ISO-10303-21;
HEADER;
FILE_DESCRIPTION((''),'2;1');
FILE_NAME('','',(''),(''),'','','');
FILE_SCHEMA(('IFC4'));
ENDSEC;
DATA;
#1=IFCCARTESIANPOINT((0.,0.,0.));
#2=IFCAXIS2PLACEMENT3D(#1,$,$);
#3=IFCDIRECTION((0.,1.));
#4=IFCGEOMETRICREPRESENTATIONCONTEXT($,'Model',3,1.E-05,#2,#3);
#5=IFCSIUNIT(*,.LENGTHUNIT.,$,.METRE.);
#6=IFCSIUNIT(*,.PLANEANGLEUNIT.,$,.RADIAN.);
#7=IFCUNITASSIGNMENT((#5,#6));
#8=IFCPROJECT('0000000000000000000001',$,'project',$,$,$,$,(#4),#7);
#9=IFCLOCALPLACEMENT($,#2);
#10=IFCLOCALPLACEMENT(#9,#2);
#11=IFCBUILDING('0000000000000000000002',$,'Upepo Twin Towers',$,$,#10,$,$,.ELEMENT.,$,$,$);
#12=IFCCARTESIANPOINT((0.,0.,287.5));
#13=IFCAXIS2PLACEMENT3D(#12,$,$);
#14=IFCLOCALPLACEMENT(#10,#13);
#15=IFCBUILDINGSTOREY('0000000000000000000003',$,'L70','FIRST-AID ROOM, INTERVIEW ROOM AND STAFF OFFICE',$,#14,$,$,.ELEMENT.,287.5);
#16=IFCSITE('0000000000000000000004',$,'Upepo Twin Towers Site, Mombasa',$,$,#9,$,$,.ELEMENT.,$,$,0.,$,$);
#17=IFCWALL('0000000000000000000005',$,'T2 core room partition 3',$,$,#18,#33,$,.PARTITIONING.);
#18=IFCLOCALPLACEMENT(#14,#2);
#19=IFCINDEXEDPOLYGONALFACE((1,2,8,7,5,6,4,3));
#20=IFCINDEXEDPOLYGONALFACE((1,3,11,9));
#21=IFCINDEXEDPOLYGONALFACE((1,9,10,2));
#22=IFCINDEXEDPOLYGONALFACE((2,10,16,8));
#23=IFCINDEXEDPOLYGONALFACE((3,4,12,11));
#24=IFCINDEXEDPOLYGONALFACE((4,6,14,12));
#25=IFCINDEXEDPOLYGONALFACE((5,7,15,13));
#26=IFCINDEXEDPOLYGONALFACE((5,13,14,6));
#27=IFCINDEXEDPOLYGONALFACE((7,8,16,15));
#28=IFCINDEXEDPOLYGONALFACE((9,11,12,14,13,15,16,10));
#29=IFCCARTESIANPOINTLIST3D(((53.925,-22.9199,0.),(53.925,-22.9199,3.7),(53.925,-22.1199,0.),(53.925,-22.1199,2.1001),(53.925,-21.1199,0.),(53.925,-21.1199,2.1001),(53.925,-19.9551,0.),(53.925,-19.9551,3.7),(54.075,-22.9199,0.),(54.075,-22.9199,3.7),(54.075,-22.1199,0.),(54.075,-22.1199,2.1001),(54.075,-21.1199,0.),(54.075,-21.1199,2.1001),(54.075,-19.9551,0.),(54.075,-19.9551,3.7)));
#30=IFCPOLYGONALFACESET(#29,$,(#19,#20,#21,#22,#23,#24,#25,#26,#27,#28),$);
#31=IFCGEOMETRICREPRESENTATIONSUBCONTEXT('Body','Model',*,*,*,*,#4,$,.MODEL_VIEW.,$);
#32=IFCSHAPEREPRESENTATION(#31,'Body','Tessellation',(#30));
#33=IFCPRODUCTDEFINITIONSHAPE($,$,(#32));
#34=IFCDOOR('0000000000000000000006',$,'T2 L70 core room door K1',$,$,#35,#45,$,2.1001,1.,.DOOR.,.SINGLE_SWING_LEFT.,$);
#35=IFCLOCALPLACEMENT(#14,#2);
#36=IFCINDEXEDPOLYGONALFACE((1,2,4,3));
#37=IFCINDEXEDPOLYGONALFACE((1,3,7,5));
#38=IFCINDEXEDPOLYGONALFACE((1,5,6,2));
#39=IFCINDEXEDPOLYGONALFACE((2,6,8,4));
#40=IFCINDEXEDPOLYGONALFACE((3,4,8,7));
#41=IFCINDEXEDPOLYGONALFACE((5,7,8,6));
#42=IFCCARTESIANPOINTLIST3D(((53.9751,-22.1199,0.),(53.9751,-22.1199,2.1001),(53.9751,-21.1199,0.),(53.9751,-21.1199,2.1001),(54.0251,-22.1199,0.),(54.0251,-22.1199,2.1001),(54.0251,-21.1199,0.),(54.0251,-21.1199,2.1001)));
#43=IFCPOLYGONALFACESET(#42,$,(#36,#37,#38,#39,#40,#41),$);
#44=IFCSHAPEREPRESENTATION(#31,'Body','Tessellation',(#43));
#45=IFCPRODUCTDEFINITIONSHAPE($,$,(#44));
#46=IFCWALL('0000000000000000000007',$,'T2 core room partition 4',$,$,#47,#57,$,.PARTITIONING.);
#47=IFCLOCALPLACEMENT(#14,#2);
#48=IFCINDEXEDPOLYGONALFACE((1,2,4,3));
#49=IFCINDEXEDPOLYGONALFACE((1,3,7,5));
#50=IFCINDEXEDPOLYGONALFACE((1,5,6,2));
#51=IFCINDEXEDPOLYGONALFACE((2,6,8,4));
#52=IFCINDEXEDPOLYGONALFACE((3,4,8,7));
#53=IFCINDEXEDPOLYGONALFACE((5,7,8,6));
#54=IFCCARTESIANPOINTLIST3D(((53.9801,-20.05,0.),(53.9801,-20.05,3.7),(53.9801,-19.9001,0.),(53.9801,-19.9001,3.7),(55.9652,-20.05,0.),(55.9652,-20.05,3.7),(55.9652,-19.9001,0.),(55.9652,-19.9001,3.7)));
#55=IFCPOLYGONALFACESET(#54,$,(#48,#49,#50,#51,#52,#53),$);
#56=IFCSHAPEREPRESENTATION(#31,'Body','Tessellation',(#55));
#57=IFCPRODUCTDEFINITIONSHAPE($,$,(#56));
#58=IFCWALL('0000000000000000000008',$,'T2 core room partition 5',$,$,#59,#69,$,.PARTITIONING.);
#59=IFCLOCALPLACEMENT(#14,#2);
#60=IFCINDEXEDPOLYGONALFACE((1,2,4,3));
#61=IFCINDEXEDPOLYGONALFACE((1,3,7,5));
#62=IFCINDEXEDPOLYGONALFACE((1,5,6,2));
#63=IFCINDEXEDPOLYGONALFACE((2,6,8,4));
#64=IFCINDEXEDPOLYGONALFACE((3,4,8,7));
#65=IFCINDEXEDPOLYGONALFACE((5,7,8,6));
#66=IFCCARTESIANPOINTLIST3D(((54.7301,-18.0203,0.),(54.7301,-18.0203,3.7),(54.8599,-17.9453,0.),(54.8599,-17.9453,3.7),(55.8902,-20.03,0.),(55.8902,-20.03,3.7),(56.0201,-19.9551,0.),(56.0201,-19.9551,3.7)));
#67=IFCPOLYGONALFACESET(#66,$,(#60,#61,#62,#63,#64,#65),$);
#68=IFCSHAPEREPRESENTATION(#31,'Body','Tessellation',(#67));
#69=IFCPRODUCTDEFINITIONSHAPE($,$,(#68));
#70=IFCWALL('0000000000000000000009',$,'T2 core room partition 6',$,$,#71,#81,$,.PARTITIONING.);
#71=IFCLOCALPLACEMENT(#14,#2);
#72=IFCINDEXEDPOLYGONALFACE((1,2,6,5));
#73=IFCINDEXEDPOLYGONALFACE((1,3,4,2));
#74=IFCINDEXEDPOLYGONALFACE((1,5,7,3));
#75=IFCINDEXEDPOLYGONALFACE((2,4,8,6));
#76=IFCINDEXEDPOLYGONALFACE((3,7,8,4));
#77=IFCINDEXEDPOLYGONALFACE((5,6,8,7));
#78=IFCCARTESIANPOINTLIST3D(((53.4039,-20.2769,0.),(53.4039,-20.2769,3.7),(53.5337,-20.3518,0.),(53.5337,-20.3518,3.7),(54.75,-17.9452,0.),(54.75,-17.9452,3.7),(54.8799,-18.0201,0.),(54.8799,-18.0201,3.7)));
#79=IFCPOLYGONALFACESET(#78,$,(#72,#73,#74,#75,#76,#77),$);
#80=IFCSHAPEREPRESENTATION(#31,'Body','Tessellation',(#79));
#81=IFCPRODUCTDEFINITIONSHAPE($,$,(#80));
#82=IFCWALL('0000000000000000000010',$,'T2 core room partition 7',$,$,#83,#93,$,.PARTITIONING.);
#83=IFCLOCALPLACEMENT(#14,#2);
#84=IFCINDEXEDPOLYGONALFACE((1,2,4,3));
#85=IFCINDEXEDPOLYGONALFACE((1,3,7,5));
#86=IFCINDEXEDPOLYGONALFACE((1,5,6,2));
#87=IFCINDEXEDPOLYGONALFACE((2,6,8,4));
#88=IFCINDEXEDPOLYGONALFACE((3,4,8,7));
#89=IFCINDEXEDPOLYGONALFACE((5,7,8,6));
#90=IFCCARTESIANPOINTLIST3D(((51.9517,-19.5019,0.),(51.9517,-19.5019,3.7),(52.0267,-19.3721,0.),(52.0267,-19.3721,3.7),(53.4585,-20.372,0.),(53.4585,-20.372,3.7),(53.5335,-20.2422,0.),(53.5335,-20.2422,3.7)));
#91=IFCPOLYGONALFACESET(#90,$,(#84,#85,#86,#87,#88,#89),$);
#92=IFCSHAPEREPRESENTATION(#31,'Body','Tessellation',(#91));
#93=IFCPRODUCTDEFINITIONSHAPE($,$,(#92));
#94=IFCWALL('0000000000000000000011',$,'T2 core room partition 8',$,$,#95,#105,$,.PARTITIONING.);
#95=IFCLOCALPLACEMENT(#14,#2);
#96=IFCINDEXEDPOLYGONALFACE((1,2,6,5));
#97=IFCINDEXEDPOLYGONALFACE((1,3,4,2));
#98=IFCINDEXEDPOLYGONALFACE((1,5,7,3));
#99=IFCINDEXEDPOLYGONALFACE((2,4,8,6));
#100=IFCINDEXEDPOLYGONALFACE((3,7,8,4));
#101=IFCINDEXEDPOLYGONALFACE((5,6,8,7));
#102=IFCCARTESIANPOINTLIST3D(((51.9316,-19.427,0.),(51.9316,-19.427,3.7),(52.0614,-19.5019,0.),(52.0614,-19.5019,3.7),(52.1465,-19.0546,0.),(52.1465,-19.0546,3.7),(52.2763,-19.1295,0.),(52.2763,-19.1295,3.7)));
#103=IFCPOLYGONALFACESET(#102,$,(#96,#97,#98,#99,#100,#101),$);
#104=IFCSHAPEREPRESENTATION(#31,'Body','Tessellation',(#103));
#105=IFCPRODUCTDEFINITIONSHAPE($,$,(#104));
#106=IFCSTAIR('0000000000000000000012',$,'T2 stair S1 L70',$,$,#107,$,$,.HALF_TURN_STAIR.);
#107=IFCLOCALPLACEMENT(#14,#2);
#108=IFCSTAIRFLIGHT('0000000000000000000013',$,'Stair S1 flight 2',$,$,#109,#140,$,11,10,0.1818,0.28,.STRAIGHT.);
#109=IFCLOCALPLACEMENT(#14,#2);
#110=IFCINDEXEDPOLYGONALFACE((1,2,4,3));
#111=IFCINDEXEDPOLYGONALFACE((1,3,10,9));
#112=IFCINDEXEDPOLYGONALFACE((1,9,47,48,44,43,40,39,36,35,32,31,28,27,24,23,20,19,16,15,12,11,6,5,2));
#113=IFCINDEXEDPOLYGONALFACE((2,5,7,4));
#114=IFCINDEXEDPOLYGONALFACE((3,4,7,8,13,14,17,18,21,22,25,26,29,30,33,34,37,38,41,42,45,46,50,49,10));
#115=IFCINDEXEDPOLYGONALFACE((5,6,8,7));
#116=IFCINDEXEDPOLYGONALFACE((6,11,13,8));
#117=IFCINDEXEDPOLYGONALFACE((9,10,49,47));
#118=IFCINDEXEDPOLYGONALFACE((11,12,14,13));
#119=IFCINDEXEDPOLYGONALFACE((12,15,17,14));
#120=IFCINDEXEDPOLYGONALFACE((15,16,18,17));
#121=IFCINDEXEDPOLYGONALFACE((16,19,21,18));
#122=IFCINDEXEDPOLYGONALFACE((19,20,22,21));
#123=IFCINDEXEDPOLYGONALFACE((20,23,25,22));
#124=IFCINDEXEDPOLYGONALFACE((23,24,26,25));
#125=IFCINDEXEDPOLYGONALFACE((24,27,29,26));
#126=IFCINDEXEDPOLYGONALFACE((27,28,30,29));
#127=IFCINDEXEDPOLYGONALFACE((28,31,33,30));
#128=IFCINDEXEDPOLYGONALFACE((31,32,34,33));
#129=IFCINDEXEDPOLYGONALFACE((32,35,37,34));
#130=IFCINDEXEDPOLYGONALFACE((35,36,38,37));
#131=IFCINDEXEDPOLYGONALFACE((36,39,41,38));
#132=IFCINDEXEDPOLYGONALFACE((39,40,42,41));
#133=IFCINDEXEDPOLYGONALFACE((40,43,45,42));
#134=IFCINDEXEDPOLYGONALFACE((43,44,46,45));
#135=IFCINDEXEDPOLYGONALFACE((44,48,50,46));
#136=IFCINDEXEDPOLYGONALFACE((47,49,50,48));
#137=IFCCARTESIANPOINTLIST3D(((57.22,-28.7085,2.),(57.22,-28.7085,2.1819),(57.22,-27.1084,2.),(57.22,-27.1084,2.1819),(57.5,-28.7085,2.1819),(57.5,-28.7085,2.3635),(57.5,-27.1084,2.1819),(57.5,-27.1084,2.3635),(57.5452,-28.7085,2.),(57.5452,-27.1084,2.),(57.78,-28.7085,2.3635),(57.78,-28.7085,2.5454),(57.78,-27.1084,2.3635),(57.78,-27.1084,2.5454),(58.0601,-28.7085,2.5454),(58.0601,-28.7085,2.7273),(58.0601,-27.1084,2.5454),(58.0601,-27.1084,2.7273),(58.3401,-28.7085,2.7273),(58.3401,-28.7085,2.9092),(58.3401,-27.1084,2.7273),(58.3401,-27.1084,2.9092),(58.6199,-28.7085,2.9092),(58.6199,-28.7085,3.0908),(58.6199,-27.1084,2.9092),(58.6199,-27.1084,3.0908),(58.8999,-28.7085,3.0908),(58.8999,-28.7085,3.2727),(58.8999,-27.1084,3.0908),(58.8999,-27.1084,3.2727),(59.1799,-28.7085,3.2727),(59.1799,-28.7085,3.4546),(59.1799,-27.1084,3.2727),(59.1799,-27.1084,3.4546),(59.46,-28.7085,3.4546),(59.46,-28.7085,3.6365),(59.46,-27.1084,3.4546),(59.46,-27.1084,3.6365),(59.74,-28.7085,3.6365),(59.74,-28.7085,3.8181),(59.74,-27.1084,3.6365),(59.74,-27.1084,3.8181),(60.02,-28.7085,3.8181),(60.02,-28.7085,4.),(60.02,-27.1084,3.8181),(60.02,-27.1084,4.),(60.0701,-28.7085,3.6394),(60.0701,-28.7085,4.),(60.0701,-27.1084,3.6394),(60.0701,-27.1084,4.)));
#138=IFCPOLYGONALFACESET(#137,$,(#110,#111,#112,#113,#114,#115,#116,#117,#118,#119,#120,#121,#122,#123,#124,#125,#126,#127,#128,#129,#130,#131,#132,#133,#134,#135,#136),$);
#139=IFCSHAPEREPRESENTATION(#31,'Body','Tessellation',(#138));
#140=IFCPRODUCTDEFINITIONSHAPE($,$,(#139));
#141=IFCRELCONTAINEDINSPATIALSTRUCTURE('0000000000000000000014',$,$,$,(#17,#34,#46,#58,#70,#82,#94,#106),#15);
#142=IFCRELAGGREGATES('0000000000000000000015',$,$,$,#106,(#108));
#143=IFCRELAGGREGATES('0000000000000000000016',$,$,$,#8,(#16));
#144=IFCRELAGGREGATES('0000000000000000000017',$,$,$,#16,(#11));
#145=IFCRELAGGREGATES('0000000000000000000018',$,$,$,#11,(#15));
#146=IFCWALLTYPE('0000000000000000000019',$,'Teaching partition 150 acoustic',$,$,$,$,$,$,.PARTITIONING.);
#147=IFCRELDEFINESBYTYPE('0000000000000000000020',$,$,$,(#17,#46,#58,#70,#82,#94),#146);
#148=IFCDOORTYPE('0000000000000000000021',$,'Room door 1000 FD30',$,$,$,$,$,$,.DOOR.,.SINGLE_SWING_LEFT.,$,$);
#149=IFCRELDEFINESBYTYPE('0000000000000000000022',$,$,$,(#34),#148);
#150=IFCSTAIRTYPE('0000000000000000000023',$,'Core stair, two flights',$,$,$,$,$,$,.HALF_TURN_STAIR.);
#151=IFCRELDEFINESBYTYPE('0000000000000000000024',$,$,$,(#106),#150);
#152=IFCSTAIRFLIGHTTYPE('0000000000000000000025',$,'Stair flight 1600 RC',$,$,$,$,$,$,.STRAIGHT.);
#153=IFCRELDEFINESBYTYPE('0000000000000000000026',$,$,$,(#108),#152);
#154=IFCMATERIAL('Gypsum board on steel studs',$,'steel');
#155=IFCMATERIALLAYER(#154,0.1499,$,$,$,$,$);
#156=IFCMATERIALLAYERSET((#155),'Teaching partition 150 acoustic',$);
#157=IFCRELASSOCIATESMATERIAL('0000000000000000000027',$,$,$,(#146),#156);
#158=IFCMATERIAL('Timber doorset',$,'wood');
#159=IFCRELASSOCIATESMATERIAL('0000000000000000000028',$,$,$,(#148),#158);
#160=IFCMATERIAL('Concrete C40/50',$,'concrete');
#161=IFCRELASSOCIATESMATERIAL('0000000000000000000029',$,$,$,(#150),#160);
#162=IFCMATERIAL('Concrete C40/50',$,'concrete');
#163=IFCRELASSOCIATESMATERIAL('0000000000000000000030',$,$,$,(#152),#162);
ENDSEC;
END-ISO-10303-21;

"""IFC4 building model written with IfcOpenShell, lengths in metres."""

from ifc_helpers import new_model, si_unit, direction, frame, frame_2d, origin, place, context, subcontext, project, spatial, polyline, rectangle, outline, extrude, material, layer, layer_set, type_object, element, fill, aggregate, save


model = new_model("IFC4")

# Units and contexts
model_context = context("Model", 3, precision=1e-05, world=origin(), true_north=direction((0.0, 1.0)))
body_context = subcontext(model_context, "Body", "Model", "MODEL_VIEW")
ifc_project = project(units=[si_unit("LENGTHUNIT", "METRE"), si_unit("PLANEANGLEUNIT", "RADIAN")], contexts=[model_context])

# Site, building, storey
site_placement = place(None, origin())
site = spatial("IfcSite", under=ifc_project, at=site_placement, Name="Upepo Twin Towers Site, Mombasa", CompositionType="ELEMENT", RefElevation=0.0)
building_placement = place(site_placement, origin())
building = spatial("IfcBuilding", under=site, at=building_placement, Name="Upepo Twin Towers", CompositionType="ELEMENT")
storey_placement = place(building_placement, frame((0.0, 0.0, 287.5)))
storey = spatial("IfcBuildingStorey", under=building, at=storey_placement, Name="L70", Description="FIRST-AID ROOM, INTERVIEW ROOM AND STAFF OFFICE", CompositionType="ELEMENT", Elevation=287.5)

# Shared definitions
ifc_material_1 = material(Name="Gypsum board on steel studs", Category="steel")
ifc_layer_1 = layer(ifc_material_1, 0.1499)
ifc_layer_set_1 = layer_set([ifc_layer_1], Name="Teaching partition 150 acoustic")
wall_type_1 = type_object("IfcWallType", Name="Teaching partition 150 acoustic", PredefinedType="PARTITIONING", material=ifc_layer_set_1)

# Wall, opening, door
wall_1_placement = place(storey_placement, frame((54.0, -22.9199, 0.0), z_axis=(0.0, 0.0, 1.0), x_axis=(0.0, 1.0, 0.0)))
wall_1 = element("IfcWall", 1, at=wall_1_placement, inside=storey, type_object=wall_type_1, Name="T2 core room partition 3", PredefinedType="PARTITIONING", context=body_context, shape_type="SweptSolid", body=[
    extrude(rectangle(XDim=2.9648, YDim=0.1499, at=frame_2d((1.4824, 0.0))), origin(), (0.0, 0.0, 1.0), 3.7),
])
opening_1_placement = place(wall_1_placement, frame((0.8, 0.0, 0.0)))
opening_1 = element("IfcOpeningElement", 2, at=opening_1_placement, cuts=wall_1, PredefinedType="OPENING", context=body_context, shape_type="SweptSolid", body=[
    extrude(rectangle(XDim=1.0, YDim=2.1001, at=frame_2d((0.5, 1.05))), frame((0.0, 0.085, 0.0), z_axis=(0.0, -1.0, 0.0), x_axis=(1.0, 0.0, 0.0)), (0.0, 0.0, 1.0), 0.1699),
])
ifc_material_2 = material(Name="Timber doorset", Category="wood")
door_type_1 = type_object("IfcDoorType", Name="Room door 1000 FD30", OperationType="SINGLE_SWING_LEFT", PredefinedType="DOOR", material=ifc_material_2)
door_1_placement = place(opening_1_placement, origin())
door_1 = element("IfcDoor", 3, at=door_1_placement, inside=storey, type_object=door_type_1, Name="T2 L70 core room door K1", OperationType="SINGLE_SWING_LEFT", OverallHeight=2.1001, OverallWidth=1.0, PredefinedType="DOOR", context=body_context, shape_type="SweptSolid", body=[
    extrude(rectangle(XDim=1.0, YDim=2.1001, at=frame_2d((0.5, 1.05))), frame((0.0, 0.0249, 0.0), z_axis=(0.0, -1.0, 0.0), x_axis=(1.0, 0.0, 0.0)), (0.0, 0.0, 1.0), 0.05),
])
fill(opening_1, door_1)

# Walls
wall_2_placement = place(storey_placement, frame((53.98, -19.9751, 0.0), z_axis=(0.0, 0.0, 1.0), x_axis=(1.0, 0.0, 0.0)))
element("IfcWall", 4, at=wall_2_placement, inside=storey, type_object=wall_type_1, Name="T2 core room partition 4", PredefinedType="PARTITIONING", context=body_context, shape_type="SweptSolid", body=[
    extrude(rectangle(XDim=1.9851, YDim=0.1499, at=frame_2d((0.9927, 0.0))), origin(), (0.0, 0.0, 1.0), 3.7),
])
wall_3_placement = place(storey_placement, frame((55.9551, -19.9924, 0.0), z_axis=(0.0, 0.0, 1.0), x_axis=(-0.499941, 0.866059, 0.0)))
element("IfcWall", 5, at=wall_3_placement, inside=storey, type_object=wall_type_1, Name="T2 core room partition 5", PredefinedType="PARTITIONING", context=body_context, shape_type="SweptSolid", body=[
    extrude(rectangle(XDim=2.3206, YDim=0.1499, at=frame_2d((1.1602, 0.0))), origin(), (0.0, 0.0, 1.0), 3.7),
])
wall_4_placement = place(storey_placement, frame((54.8149, -17.9827, 0.0), z_axis=(0.0, 0.0, 1.0), x_axis=(-0.499981, -0.866036, 0.0)))
element("IfcWall", 6, at=wall_4_placement, inside=storey, type_object=wall_type_1, Name="T2 core room partition 6", PredefinedType="PARTITIONING", context=body_context, shape_type="SweptSolid", body=[
    extrude(rectangle(XDim=2.6924, YDim=0.1499, at=frame_2d((1.3462, 0.0))), origin(), (0.0, 0.0, 1.0), 3.7),
])
wall_5_placement = place(storey_placement, frame((53.4961, -20.3071, 0.0), z_axis=(0.0, 0.0, 1.0), x_axis=(-0.865989, 0.500063, 0.0)))
element("IfcWall", 7, at=wall_5_placement, inside=storey, type_object=wall_type_1, Name="T2 core room partition 7", PredefinedType="PARTITIONING", context=body_context, shape_type="SweptSolid", body=[
    extrude(rectangle(XDim=1.74, YDim=0.1499, at=frame_2d((0.8701, 0.0))), origin(), (0.0, 0.0, 1.0), 3.7),
])
wall_6_placement = place(storey_placement, frame((51.9966, -19.4644, 0.0), z_axis=(0.0, 0.0, 1.0), x_axis=(0.499804, 0.866138, 0.0)))
element("IfcWall", 8, at=wall_6_placement, inside=storey, type_object=wall_type_1, Name="T2 core room partition 8", PredefinedType="PARTITIONING", context=body_context, shape_type="SweptSolid", body=[
    extrude(rectangle(XDim=0.4299, YDim=0.1499, at=frame_2d((0.2148, 0.0))), origin(), (0.0, 0.0, 1.0), 3.7),
])

# Stair, stair flight
ifc_material_3 = material(Name="Concrete C40/50", Category="concrete")
stair_type = type_object("IfcStairType", Name="Core stair, two flights", PredefinedType="HALF_TURN_STAIR", material=ifc_material_3)
stair_placement = place(storey_placement, origin())
stair = element("IfcStair", 9, at=stair_placement, inside=storey, type_object=stair_type, Name="T2 stair S1 L70", PredefinedType="HALF_TURN_STAIR")
ifc_material_4 = material(Name="Concrete C40/50", Category="concrete")
stair_flight_type = type_object("IfcStairFlightType", Name="Stair flight 1600 RC", PredefinedType="STRAIGHT", material=ifc_material_4)
stair_flight_placement = place(storey_placement, frame((57.22, -27.9084, 2.0), z_axis=(0.0, 0.0, 1.0), x_axis=(1.0, 0.0, 0.0)))
stair_flight = element("IfcStairFlight", 10, at=stair_flight_placement, type_object=stair_flight_type, Name="Stair S1 flight 2", NumberOfRisers=11, NumberOfTreads=10, PredefinedType="STRAIGHT", RiserHeight=0.1818, TreadLength=0.28, context=body_context, shape_type="SweptSolid", body=[
    extrude(outline(polyline([(0.0, 0.0), (0.0, 0.1819), (0.28, 0.1819), (0.28, 0.3635), (0.5601, 0.3635), (0.5601, 0.5454), (0.8401, 0.5454), (0.8401, 0.7273), (1.1201, 0.7273), (1.1201, 0.9092), (1.3999, 0.9092), (1.3999, 1.0908), (1.6799, 1.0908), (1.6799, 1.2727), (1.96, 1.2727), (1.96, 1.4546), (2.24, 1.4546), (2.24, 1.6365), (2.52, 1.6365), (2.52, 1.8181), (2.8, 1.8181), (2.8, 2.0), (2.8501, 2.0), (2.8501, 1.6394), (0.3252, 0.0), (0.0, 0.0)])), frame((0.0, 0.8, 0.0), z_axis=(0.0, -1.0, 0.0), x_axis=(1.0, 0.0, 0.0)), (0.0, 0.0, 1.0), 1.6001),
])
aggregate(stair, [stair_flight])

save(model, "model.ifc")
